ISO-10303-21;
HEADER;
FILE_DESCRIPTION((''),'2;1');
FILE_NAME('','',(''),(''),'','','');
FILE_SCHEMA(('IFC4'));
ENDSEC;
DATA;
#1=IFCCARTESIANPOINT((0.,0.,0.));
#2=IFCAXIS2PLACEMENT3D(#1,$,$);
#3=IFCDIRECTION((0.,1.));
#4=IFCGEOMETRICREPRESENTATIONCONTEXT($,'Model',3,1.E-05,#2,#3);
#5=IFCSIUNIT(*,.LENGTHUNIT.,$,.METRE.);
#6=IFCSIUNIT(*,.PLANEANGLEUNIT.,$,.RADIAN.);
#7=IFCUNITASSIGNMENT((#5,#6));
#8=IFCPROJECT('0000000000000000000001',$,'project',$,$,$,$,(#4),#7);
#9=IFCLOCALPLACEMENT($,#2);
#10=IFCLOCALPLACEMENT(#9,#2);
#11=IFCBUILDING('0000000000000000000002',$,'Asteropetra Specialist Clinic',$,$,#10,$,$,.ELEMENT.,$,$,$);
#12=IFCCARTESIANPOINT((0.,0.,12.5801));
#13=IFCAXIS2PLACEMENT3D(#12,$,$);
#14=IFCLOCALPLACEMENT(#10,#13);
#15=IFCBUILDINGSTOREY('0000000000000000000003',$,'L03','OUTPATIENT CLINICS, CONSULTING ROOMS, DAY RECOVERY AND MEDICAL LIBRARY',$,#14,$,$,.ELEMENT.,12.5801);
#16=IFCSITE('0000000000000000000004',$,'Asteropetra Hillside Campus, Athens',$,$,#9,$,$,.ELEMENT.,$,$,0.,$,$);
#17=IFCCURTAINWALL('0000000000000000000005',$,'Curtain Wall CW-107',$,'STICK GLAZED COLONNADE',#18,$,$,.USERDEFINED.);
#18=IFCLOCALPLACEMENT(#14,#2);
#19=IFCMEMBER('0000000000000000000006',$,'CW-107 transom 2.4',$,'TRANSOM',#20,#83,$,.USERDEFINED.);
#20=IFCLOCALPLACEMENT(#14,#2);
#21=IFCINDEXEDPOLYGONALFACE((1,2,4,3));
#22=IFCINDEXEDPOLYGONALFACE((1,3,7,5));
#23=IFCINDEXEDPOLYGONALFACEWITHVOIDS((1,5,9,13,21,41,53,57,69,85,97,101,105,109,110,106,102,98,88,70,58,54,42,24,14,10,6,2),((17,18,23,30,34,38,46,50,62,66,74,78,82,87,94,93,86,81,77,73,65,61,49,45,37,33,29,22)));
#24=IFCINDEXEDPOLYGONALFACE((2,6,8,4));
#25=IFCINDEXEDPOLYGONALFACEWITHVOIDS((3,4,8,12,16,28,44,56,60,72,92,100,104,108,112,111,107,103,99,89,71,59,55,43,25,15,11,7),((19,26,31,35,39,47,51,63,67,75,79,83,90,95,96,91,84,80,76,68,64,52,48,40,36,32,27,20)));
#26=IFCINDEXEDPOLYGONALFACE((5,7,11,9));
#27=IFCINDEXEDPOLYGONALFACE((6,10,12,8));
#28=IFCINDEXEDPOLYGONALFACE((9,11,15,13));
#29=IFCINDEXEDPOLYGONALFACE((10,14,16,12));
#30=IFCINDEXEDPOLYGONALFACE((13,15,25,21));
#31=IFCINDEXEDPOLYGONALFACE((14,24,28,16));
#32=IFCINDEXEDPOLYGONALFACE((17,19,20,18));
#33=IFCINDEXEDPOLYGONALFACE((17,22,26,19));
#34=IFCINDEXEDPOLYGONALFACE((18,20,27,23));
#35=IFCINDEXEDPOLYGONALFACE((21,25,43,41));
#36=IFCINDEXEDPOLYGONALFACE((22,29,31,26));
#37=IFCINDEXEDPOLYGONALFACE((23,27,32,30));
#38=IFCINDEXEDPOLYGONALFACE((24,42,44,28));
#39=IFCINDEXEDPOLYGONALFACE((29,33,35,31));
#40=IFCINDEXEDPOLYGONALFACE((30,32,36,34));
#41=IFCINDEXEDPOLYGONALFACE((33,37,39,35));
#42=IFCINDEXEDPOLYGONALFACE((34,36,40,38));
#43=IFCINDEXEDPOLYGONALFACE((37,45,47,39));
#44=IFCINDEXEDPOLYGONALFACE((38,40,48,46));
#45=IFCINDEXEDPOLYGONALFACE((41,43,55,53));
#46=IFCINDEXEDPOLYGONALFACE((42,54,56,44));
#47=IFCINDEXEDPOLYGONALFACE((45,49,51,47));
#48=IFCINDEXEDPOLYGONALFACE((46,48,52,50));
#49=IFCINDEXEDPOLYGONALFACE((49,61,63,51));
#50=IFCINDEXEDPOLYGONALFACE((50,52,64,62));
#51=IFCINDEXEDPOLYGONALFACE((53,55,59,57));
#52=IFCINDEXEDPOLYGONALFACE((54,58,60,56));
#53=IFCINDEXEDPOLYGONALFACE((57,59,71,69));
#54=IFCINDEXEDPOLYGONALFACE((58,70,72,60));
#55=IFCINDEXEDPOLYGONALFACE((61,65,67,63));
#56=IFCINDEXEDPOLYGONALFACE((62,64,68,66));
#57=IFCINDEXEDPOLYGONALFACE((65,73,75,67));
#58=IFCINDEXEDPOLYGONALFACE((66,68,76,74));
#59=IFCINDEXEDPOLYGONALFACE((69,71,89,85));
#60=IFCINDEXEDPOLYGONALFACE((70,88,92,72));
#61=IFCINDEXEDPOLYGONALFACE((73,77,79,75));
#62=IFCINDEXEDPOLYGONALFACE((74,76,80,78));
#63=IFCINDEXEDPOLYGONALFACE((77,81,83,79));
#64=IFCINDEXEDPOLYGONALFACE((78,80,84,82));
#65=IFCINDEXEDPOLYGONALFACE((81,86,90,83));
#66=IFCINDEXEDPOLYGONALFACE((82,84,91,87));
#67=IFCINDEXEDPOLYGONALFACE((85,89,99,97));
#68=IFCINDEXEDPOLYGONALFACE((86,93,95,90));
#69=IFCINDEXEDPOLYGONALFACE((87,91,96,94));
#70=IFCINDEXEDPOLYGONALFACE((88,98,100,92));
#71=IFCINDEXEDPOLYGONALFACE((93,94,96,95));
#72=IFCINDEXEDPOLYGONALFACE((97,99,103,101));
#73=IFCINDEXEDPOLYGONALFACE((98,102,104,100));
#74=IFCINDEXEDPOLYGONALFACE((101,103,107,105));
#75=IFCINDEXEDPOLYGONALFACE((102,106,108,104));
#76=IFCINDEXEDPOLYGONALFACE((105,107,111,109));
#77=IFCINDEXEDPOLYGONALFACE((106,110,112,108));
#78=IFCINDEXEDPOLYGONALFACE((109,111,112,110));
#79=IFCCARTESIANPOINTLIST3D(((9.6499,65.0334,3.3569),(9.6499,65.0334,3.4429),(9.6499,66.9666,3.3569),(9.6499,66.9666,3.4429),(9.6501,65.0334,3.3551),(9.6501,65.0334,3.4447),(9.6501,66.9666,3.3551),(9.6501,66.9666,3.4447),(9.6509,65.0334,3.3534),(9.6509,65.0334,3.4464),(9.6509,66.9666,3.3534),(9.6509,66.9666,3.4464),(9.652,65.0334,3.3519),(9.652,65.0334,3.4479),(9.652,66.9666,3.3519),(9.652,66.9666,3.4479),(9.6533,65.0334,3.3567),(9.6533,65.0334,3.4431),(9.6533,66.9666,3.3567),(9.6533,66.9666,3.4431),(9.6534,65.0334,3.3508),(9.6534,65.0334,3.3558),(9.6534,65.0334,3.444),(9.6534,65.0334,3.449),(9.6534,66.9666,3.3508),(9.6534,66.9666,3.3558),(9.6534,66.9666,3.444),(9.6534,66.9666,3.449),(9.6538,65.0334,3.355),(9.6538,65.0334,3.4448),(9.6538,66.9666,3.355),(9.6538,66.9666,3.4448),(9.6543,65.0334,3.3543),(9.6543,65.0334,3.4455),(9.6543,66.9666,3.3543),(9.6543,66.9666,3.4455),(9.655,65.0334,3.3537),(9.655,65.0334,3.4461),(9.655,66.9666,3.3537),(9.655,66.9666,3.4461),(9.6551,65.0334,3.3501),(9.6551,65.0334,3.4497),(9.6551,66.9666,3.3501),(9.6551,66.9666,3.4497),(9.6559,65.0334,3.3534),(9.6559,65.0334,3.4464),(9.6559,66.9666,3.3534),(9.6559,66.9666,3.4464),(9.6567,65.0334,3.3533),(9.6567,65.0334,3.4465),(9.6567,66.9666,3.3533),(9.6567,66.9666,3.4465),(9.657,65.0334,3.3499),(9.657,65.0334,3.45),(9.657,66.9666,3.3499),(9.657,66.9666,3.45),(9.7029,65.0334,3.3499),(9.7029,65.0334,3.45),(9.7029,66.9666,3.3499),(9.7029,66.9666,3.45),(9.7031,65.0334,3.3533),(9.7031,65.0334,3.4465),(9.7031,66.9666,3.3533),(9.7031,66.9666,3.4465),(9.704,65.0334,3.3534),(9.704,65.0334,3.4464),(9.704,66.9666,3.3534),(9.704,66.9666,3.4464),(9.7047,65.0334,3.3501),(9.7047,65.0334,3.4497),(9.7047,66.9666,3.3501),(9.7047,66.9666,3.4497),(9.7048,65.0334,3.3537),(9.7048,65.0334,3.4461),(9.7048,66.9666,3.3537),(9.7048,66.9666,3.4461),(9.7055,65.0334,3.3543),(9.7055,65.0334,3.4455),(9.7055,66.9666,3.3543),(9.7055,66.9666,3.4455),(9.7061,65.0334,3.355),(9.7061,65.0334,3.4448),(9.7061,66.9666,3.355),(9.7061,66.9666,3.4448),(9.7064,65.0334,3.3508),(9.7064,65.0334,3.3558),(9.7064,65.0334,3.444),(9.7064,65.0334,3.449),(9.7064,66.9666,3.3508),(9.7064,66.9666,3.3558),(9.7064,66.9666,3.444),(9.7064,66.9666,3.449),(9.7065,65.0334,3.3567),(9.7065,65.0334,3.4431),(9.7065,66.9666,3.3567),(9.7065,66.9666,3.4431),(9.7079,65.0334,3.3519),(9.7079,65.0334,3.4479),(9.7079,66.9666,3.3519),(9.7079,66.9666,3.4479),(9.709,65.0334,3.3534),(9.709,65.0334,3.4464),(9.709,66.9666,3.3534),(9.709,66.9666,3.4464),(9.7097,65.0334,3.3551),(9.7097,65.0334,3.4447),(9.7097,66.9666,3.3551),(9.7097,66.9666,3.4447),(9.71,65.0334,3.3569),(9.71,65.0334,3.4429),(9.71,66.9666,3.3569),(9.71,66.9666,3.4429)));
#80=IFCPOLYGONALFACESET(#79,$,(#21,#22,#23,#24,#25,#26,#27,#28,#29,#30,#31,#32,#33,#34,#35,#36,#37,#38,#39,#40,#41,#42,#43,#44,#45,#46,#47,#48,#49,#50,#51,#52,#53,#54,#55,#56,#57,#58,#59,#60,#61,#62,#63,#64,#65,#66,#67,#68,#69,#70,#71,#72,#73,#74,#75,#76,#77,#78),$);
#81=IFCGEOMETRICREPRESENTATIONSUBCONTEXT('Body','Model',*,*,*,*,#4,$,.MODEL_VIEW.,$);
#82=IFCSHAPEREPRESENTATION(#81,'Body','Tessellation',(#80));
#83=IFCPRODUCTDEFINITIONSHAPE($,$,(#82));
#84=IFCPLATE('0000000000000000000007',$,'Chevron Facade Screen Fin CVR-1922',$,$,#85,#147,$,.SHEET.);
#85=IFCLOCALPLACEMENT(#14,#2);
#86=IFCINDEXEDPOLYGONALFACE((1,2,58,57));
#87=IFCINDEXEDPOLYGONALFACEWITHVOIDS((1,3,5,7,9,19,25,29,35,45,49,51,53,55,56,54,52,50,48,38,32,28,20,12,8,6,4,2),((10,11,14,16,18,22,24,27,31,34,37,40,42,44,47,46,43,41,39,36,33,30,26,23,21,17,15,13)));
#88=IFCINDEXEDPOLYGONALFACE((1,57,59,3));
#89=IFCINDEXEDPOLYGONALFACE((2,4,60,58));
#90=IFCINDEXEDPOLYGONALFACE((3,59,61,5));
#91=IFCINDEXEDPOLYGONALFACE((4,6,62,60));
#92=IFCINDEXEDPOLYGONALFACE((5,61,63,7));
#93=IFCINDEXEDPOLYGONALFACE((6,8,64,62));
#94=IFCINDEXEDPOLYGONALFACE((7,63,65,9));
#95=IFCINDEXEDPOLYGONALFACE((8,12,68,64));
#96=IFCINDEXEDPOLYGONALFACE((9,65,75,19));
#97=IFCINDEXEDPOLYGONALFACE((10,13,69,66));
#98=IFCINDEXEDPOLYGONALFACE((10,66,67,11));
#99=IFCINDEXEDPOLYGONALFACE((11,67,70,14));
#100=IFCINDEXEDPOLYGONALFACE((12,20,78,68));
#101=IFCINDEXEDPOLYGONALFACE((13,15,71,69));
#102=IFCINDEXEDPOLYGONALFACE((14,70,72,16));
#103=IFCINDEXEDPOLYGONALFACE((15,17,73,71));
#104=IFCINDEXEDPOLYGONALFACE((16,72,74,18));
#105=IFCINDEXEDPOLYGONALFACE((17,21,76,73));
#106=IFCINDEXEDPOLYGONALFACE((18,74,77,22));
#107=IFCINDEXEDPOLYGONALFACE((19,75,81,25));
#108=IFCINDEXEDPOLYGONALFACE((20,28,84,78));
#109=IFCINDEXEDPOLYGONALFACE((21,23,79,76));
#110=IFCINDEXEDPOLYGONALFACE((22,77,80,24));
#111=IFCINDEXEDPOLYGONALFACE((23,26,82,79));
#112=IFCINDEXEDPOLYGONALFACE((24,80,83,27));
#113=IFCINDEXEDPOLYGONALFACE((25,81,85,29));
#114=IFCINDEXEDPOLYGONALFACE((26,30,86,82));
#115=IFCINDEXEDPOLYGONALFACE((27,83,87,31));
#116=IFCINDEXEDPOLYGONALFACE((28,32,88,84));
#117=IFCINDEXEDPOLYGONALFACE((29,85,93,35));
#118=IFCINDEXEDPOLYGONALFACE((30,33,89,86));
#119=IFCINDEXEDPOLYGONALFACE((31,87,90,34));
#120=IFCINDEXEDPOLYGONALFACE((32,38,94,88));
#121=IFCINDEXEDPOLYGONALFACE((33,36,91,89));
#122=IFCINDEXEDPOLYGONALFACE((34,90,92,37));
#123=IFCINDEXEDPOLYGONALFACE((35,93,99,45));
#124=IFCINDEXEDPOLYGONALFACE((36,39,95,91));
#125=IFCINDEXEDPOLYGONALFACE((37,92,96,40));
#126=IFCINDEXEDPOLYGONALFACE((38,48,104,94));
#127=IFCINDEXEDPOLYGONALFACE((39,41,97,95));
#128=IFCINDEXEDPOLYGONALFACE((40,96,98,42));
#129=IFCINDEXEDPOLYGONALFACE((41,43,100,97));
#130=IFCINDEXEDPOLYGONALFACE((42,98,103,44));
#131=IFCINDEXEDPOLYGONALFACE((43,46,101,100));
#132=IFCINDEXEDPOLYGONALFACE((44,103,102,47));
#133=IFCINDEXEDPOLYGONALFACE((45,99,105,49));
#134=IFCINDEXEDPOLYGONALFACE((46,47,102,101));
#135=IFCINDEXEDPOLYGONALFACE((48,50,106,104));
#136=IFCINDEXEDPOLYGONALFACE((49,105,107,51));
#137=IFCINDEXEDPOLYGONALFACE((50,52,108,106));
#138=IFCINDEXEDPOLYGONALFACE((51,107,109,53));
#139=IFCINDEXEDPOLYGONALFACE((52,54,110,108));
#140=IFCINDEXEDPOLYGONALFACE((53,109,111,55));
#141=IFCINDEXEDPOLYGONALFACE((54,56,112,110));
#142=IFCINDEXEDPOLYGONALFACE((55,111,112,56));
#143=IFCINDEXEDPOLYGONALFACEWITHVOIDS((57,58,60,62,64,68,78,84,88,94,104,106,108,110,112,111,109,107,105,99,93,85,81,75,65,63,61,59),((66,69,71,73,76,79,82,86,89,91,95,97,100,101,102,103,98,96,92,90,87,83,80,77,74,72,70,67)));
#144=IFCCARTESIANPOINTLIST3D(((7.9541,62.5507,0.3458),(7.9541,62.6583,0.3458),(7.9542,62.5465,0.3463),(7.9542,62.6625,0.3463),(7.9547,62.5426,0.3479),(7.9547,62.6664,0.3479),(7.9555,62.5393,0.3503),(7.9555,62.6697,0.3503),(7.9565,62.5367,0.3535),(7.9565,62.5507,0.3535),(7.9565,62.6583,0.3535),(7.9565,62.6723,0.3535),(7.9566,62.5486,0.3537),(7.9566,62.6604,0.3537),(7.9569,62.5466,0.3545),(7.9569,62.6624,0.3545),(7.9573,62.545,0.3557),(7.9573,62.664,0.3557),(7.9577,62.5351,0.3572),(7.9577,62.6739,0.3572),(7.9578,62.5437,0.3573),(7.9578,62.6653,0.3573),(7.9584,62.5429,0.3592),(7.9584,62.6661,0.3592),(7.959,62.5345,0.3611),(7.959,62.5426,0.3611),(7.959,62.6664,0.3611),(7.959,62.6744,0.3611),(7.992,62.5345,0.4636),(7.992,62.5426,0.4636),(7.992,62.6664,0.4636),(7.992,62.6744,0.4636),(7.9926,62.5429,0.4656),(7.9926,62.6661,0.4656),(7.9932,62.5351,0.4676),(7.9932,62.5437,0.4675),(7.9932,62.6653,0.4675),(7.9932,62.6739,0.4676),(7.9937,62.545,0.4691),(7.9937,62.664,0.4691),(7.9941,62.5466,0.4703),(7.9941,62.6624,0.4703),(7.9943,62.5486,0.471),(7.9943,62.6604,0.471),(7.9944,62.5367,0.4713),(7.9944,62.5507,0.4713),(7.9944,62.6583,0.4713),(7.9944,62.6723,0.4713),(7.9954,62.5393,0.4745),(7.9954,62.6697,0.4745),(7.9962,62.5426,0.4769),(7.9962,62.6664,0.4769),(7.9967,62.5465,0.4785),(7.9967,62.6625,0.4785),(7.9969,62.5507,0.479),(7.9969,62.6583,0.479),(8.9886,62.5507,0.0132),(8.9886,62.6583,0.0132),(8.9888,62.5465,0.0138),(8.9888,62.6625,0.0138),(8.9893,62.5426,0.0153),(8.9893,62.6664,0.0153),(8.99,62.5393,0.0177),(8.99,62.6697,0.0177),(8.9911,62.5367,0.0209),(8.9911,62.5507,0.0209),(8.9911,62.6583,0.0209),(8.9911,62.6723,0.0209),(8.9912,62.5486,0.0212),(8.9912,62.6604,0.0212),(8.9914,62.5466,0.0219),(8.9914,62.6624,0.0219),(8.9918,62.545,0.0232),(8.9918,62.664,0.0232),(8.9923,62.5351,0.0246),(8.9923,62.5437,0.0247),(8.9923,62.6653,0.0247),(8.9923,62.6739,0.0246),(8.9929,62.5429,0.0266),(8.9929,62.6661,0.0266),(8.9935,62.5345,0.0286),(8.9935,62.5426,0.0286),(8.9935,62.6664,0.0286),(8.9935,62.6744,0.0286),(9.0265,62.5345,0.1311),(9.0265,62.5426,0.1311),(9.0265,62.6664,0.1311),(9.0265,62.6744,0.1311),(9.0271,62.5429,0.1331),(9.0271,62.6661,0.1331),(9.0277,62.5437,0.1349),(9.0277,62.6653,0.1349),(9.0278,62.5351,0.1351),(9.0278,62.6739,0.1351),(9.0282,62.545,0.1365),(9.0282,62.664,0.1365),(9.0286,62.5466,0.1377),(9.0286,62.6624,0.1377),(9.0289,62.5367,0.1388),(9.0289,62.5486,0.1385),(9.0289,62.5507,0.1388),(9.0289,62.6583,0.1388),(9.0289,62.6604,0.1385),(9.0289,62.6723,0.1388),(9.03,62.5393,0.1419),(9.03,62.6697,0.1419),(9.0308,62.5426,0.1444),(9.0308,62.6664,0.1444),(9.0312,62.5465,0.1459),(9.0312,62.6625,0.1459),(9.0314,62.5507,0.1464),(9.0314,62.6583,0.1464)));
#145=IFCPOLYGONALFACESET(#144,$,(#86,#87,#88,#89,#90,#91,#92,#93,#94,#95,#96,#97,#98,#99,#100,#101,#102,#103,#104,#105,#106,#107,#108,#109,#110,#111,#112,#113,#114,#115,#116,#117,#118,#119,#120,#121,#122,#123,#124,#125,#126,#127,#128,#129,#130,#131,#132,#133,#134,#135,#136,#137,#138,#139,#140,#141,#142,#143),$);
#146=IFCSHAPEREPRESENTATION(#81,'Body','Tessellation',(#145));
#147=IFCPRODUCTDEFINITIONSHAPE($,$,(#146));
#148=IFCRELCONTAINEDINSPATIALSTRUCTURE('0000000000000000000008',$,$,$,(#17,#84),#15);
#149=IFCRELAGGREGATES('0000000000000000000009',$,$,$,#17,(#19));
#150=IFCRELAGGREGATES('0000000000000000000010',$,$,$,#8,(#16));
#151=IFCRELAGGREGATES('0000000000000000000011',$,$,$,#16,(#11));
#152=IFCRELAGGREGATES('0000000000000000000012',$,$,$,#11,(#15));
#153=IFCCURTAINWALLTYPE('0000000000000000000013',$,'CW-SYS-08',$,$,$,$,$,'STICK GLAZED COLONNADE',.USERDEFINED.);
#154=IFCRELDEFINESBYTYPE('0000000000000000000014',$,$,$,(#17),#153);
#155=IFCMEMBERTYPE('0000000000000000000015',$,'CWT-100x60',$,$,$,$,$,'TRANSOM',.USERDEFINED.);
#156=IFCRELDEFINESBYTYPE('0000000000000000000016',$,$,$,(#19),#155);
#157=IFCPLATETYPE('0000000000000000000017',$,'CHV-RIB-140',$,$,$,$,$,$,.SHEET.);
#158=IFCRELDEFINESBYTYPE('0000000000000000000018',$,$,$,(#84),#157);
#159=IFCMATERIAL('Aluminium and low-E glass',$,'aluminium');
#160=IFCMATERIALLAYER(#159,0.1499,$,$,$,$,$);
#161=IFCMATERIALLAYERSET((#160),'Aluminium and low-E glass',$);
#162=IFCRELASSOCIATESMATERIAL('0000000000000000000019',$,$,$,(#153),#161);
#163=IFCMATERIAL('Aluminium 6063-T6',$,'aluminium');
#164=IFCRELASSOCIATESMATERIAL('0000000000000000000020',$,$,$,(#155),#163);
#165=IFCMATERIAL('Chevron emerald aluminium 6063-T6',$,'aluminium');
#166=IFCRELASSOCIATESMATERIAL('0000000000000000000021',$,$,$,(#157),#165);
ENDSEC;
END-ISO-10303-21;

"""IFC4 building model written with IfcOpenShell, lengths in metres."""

from ifc_helpers import new_model, si_unit, direction, frame, origin, origin_2d, place, context, subcontext, project, spatial, hollow_rectangle, extrude, material, layer, layer_set, material_profile, profile_set, type_object, element, aggregate, save


model = new_model("IFC4")

# Units and contexts
model_context = context("Model", 3, precision=1e-05, world=origin(), true_north=direction((0.0, 1.0)))
body_context = subcontext(model_context, "Body", "Model", "MODEL_VIEW")
ifc_project = project(units=[si_unit("LENGTHUNIT", "METRE"), si_unit("PLANEANGLEUNIT", "RADIAN")], contexts=[model_context])

# Site, building, storey
site_placement = place(None, origin())
site = spatial("IfcSite", under=ifc_project, at=site_placement, Name="Asteropetra Hillside Campus, Athens", CompositionType="ELEMENT", RefElevation=0.0)
building_placement = place(site_placement, origin())
building = spatial("IfcBuilding", under=site, at=building_placement, Name="Asteropetra Specialist Clinic", CompositionType="ELEMENT")
storey_placement = place(building_placement, frame((0.0, 0.0, 12.5801)))
storey = spatial("IfcBuildingStorey", under=building, at=storey_placement, Name="L03", Description="OUTPATIENT CLINICS, CONSULTING ROOMS, DAY RECOVERY AND MEDICAL LIBRARY", CompositionType="ELEMENT", Elevation=12.5801)

# Curtain wall, member
ifc_material_1 = material(Name="Aluminium and low-E glass", Category="aluminium")
ifc_layer_1 = layer(ifc_material_1, 0.1499)
ifc_layer_set_1 = layer_set([ifc_layer_1], Name="Aluminium and low-E glass")
curtain_wall_type = type_object("IfcCurtainWallType", Name="CW-SYS-08", ElementType="STICK GLAZED COLONNADE", PredefinedType="USERDEFINED", material=ifc_layer_set_1)
curtain_wall_placement = place(storey_placement, origin())
curtain_wall = element("IfcCurtainWall", 1, at=curtain_wall_placement, inside=storey, type_object=curtain_wall_type, Name="Curtain Wall CW-107", ObjectType="STICK GLAZED COLONNADE", PredefinedType="USERDEFINED")
ifc_material_2 = material(Name="Aluminium 6063-T6", Category="aluminium")
ifc_material_profile_1 = material_profile(ifc_material_2, hollow_rectangle(XDim=0.0601, YDim=0.1001, WallThickness=0.0034, InnerFilletRadius=0.0034, OuterFilletRadius=0.0071, at=origin_2d()), Name="TRN 100x60x3.5")
ifc_profile_set_1 = profile_set([ifc_material_profile_1], Name="Aluminium 6063-T6")
member_type_1 = type_object("IfcMemberType", Name="CWT-100x60", ElementType="TRANSOM", PredefinedType="USERDEFINED", material=ifc_profile_set_1)
member_1_placement = place(storey_placement, frame((9.6799, 65.0334, 3.3999), z_axis=(0.0, 1.0, 0.0), x_axis=(-1.0, 0.0, 0.0)))
member_1 = element("IfcMember", 2, at=member_1_placement, type_object=member_type_1, Name="CW-107 transom 2.4", ObjectType="TRANSOM", PredefinedType="USERDEFINED", context=body_context, shape_type="SweptSolid", body=[
    extrude(hollow_rectangle(XDim=0.0601, YDim=0.1001, WallThickness=0.0034, InnerFilletRadius=0.0034, OuterFilletRadius=0.0071, at=origin_2d()), origin(), (0.0, 0.0, 1.0), 1.9331),
])

# Plate
ifc_material_3 = material(Name="Chevron emerald aluminium 6063-T6", Category="aluminium")
ifc_material_profile_2 = material_profile(ifc_material_3, hollow_rectangle(XDim=0.1399, YDim=0.1399, WallThickness=0.0081, InnerFilletRadius=0.0081, OuterFilletRadius=0.0161, at=origin_2d()), Name="SHS 140x140x8.0")
ifc_profile_set_2 = profile_set([ifc_material_profile_2], Name="Chevron emerald aluminium 6063-T6")
plate_type_1 = type_object("IfcPlateType", Name="CHV-RIB-140", PredefinedType="SHEET", material=ifc_profile_set_2)
plate_1_placement = place(storey_placement, frame((9.01, 62.6045, 0.0798), z_axis=(-0.952022, 0.0, 0.306031), x_axis=(0.0, -1.0, 0.0)))
element("IfcPlate", 3, at=plate_1_placement, inside=storey, type_object=plate_type_1, Name="Chevron Facade Screen Fin CVR-1922", PredefinedType="SHEET", context=body_context, shape_type="SweptSolid", body=[
    extrude(hollow_rectangle(XDim=0.1399, YDim=0.1399, WallThickness=0.0081, InnerFilletRadius=0.0081, OuterFilletRadius=0.0161, at=origin_2d()), origin(), (0.0, 0.0, 1.0), 1.0867),
])

aggregate(curtain_wall, [member_1])

save(model, "model.ifc")
